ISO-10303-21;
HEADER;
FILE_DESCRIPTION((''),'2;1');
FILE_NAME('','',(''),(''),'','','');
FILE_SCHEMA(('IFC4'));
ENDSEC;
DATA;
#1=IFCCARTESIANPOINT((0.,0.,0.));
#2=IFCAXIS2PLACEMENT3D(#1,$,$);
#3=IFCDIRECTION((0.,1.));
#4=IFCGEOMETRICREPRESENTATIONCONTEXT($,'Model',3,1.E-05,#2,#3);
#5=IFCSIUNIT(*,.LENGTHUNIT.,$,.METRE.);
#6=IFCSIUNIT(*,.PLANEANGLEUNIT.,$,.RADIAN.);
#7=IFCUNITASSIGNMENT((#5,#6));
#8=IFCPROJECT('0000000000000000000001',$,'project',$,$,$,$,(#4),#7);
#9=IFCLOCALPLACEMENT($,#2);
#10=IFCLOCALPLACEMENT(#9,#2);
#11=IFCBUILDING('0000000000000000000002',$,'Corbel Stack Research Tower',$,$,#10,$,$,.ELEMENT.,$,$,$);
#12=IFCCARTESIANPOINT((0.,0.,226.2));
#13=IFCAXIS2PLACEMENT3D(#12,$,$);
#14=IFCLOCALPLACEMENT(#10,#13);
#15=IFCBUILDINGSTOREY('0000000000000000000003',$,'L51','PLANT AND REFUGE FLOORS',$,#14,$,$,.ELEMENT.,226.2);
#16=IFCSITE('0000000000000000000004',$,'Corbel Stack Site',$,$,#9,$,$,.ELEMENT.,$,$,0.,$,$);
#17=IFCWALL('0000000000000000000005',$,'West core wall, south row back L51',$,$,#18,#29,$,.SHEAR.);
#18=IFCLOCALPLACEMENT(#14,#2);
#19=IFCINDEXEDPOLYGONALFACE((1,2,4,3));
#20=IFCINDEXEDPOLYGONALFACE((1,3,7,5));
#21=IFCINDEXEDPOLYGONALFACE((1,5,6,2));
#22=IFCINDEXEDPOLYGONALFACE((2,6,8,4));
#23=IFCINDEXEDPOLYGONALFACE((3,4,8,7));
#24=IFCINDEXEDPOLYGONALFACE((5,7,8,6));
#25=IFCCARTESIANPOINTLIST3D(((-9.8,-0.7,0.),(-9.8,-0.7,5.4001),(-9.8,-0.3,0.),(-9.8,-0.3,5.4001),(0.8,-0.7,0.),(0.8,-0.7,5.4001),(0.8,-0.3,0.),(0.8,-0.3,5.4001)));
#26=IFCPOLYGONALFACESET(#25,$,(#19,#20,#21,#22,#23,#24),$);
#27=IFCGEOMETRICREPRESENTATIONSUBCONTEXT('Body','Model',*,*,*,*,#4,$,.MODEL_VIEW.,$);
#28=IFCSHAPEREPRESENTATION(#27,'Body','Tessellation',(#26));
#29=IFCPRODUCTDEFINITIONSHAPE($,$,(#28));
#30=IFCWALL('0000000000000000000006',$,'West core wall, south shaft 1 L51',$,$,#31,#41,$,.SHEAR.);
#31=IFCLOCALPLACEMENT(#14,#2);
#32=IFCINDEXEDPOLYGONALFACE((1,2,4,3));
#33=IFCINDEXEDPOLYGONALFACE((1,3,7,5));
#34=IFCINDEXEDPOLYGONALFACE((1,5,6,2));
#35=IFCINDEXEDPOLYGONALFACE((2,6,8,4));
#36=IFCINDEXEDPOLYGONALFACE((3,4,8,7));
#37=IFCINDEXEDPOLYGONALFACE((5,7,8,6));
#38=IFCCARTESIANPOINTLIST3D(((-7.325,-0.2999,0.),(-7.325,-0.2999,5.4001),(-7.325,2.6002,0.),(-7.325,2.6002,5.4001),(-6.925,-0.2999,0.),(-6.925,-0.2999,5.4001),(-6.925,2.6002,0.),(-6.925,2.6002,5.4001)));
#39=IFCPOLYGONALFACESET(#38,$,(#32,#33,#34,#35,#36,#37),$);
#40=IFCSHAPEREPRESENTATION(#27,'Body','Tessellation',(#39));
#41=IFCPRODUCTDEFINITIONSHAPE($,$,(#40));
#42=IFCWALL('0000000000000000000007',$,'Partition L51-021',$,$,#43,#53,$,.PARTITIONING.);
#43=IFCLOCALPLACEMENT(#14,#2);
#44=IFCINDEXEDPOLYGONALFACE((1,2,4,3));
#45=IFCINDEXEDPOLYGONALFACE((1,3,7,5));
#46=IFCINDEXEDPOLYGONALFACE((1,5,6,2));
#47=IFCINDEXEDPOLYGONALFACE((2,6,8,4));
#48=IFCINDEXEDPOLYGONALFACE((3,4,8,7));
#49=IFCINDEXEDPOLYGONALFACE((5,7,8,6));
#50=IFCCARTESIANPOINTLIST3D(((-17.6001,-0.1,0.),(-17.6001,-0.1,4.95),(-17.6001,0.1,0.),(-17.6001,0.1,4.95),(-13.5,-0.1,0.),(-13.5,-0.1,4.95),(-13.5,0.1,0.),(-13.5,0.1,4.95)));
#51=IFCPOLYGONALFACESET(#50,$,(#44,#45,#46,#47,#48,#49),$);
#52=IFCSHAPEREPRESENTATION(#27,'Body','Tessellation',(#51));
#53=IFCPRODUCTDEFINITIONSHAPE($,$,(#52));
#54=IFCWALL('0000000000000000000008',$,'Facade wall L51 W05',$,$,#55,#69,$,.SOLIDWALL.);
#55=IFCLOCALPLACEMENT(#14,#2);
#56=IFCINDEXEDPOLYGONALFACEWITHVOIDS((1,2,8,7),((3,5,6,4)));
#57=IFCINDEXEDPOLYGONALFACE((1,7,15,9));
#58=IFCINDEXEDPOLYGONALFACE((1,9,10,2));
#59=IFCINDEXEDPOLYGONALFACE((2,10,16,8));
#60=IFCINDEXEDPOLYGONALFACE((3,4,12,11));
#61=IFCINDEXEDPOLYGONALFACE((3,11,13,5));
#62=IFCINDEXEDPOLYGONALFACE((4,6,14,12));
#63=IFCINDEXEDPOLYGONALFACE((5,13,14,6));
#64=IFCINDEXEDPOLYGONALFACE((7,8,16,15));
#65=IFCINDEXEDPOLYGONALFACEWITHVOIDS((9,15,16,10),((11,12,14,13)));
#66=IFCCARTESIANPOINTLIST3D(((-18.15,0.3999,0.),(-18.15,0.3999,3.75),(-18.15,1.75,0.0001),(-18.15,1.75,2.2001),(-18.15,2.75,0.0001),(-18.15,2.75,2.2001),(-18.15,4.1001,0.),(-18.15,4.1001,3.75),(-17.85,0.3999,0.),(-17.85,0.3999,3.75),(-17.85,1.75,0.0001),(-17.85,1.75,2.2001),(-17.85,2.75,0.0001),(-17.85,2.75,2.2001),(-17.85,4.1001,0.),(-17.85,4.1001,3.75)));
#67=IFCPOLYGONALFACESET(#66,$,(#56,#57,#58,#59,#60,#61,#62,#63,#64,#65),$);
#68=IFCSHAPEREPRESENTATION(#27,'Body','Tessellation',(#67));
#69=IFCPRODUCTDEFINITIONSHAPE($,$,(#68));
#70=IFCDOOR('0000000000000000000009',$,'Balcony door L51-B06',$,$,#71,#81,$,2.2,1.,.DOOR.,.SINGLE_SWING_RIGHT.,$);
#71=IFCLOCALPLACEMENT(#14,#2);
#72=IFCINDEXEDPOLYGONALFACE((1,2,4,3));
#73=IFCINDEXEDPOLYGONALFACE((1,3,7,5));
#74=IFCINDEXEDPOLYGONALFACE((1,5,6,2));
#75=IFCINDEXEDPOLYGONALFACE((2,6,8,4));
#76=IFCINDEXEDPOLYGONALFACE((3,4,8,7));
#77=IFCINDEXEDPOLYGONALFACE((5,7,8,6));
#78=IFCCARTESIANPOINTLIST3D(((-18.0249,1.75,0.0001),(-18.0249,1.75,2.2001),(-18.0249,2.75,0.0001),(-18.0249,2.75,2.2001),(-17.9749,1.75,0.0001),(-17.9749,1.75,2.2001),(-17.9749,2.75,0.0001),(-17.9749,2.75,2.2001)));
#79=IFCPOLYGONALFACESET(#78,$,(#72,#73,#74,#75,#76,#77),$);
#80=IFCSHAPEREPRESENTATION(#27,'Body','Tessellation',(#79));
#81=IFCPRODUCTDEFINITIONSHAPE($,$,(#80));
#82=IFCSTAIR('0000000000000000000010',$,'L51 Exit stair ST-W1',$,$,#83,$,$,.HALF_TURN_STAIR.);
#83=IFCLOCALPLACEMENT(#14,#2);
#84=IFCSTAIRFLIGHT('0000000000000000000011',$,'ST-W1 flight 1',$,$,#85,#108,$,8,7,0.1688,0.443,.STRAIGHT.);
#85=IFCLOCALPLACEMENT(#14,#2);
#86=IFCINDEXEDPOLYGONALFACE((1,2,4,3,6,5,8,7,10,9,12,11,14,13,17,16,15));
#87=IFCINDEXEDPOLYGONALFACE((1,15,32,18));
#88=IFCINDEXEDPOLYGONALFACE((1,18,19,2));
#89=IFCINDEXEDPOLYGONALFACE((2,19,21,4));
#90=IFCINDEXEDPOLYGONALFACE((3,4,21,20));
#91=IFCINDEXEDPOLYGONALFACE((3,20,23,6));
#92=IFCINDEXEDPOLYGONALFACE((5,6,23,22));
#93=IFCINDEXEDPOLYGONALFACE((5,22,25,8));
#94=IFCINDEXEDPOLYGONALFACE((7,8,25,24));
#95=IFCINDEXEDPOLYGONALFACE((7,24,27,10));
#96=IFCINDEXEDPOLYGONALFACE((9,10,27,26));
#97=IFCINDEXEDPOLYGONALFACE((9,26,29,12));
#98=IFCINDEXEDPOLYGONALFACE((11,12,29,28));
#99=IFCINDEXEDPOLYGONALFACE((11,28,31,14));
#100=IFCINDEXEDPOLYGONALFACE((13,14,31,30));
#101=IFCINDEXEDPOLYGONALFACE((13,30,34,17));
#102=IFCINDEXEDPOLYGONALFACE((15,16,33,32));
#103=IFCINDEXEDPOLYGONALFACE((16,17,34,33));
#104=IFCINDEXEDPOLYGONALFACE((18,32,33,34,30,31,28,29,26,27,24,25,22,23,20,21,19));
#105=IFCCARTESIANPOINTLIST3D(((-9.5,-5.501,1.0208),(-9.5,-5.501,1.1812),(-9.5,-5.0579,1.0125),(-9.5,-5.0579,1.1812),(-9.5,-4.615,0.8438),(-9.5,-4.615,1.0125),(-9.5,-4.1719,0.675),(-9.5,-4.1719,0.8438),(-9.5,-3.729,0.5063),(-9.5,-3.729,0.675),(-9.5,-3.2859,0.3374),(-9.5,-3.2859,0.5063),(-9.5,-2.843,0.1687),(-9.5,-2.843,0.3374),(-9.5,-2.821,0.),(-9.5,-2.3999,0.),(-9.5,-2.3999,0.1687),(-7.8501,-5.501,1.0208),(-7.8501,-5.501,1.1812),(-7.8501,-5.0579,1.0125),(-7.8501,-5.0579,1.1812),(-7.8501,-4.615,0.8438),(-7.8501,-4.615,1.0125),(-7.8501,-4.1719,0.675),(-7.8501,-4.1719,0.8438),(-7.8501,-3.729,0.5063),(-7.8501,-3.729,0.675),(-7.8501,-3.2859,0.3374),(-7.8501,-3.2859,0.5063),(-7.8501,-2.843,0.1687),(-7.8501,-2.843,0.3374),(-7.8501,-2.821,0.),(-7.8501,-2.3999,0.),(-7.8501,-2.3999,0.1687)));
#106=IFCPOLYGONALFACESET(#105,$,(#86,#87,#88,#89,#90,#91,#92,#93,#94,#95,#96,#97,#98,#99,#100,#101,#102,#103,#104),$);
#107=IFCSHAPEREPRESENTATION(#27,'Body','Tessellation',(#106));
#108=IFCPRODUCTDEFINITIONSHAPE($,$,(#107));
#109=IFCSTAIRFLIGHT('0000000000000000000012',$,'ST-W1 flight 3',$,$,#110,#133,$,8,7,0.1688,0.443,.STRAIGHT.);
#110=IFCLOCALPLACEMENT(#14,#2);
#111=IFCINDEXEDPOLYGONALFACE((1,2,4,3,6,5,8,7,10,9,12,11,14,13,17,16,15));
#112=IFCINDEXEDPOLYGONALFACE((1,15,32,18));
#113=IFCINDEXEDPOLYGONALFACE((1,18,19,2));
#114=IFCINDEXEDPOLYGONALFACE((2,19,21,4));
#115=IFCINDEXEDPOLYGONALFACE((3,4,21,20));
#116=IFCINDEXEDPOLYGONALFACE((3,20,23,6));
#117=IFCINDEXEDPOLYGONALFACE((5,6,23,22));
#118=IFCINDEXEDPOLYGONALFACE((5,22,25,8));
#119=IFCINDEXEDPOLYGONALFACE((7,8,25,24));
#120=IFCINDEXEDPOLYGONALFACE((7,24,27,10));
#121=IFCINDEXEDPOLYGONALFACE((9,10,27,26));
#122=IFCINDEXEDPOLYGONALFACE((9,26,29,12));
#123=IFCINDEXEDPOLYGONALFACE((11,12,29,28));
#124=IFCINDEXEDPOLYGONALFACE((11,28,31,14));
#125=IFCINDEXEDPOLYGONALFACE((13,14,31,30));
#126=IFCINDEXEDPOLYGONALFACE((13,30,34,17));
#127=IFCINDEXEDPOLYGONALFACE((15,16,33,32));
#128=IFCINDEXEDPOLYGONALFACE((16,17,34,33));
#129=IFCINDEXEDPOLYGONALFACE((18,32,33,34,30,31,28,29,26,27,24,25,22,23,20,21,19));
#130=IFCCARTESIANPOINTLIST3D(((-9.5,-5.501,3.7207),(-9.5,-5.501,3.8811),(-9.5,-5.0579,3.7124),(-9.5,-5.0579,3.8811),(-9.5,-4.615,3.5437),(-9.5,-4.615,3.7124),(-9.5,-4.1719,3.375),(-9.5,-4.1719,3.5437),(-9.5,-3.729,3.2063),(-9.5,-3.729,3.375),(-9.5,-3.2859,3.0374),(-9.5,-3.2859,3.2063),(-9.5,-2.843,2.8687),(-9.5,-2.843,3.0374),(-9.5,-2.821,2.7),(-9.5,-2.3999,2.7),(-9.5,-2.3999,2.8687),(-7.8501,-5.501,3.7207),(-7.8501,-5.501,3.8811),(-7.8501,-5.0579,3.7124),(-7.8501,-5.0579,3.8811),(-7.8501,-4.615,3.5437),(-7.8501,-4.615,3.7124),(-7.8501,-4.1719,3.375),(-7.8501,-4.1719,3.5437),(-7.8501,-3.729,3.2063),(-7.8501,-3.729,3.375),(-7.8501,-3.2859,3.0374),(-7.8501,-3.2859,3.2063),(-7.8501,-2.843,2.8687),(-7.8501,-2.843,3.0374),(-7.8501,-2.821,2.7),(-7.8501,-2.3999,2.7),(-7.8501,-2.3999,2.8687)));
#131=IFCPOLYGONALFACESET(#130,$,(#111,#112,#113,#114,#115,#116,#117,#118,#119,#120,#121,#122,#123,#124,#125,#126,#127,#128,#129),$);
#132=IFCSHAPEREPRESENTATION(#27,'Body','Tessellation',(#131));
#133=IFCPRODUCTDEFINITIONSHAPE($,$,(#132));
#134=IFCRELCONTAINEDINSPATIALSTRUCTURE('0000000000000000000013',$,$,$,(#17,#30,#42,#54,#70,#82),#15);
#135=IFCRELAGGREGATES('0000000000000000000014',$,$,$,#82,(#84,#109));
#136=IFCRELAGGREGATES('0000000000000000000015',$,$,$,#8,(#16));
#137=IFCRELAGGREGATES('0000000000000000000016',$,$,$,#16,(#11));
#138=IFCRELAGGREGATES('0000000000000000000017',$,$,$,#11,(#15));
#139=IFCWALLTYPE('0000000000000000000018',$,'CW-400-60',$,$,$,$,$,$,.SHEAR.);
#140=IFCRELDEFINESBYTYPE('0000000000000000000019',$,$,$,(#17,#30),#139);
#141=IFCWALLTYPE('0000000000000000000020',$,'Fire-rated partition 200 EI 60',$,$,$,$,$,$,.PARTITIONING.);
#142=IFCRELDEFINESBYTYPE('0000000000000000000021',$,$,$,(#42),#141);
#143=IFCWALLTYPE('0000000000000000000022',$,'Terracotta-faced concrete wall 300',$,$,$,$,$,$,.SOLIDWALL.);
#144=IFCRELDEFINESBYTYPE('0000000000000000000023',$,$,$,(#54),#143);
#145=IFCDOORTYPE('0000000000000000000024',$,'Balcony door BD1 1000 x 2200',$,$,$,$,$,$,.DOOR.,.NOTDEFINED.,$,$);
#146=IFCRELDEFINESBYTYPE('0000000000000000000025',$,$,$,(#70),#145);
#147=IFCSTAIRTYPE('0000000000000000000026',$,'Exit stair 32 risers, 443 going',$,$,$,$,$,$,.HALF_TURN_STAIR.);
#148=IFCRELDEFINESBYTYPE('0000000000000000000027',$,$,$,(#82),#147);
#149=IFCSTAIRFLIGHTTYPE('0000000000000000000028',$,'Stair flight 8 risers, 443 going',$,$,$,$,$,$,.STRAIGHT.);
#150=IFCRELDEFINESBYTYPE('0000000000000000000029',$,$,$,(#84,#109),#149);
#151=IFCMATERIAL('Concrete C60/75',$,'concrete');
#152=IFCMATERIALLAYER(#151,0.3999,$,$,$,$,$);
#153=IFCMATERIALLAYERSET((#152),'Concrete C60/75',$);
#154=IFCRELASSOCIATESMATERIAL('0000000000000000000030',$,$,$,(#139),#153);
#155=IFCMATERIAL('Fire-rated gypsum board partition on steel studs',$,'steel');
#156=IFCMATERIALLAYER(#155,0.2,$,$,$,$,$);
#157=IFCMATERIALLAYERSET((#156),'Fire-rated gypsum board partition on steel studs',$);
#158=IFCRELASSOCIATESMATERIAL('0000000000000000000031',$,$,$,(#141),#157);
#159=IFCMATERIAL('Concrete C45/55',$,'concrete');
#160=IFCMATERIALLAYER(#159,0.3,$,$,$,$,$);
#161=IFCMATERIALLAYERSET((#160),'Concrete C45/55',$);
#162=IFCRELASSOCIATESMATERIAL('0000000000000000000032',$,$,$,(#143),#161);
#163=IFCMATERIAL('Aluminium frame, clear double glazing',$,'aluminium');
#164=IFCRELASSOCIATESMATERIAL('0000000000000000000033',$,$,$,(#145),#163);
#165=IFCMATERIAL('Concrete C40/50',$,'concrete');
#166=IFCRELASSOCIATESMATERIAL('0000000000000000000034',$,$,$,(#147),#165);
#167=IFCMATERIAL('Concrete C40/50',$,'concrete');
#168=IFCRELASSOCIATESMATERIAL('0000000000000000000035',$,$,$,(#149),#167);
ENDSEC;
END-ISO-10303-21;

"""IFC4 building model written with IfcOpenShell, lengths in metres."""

from ifc_helpers import new_model, si_unit, direction, frame, frame_2d, origin, place, context, subcontext, project, spatial, polyline, rectangle, outline, extrude, material, layer, layer_set, type_object, element, fill, aggregate, save


model = new_model("IFC4")

# Units and contexts
model_context = context("Model", 3, precision=1e-05, world=origin(), true_north=direction((0.0, 1.0)))
body_context = subcontext(model_context, "Body", "Model", "MODEL_VIEW")
ifc_project = project(units=[si_unit("LENGTHUNIT", "METRE"), si_unit("PLANEANGLEUNIT", "RADIAN")], contexts=[model_context])

# Site, building, storey
site_placement = place(None, origin())
site = spatial("IfcSite", under=ifc_project, at=site_placement, Name="Corbel Stack Site", CompositionType="ELEMENT", RefElevation=0.0)
building_placement = place(site_placement, origin())
building = spatial("IfcBuilding", under=site, at=building_placement, Name="Corbel Stack Research Tower", CompositionType="ELEMENT")
storey_placement = place(building_placement, frame((0.0, 0.0, 226.2)))
storey = spatial("IfcBuildingStorey", under=building, at=storey_placement, Name="L51", Description="PLANT AND REFUGE FLOORS", CompositionType="ELEMENT", Elevation=226.2)

# Walls
ifc_material_1 = material(Name="Concrete C60/75", Category="concrete")
ifc_layer_1 = layer(ifc_material_1, 0.3999)
ifc_layer_set_1 = layer_set([ifc_layer_1], Name="Concrete C60/75")
wall_type_1 = type_object("IfcWallType", Name="CW-400-60", PredefinedType="SHEAR", material=ifc_layer_set_1)
wall_1_placement = place(storey_placement, frame((-9.8, -0.5, 0.0), z_axis=(0.0, 0.0, 1.0), x_axis=(1.0, 0.0, 0.0)))
element("IfcWall", 1, at=wall_1_placement, inside=storey, type_object=wall_type_1, Name="West core wall, south row back L51", PredefinedType="SHEAR", context=body_context, shape_type="SweptSolid", body=[
    extrude(rectangle(XDim=10.6001, YDim=0.3999, at=frame_2d((5.3, 0.0))), origin(), (0.0, 0.0, 1.0), 5.4001),
])
wall_2_placement = place(storey_placement, frame((-7.125, -0.3, 0.0), z_axis=(0.0, 0.0, 1.0), x_axis=(0.0, 1.0, 0.0)))
element("IfcWall", 2, at=wall_2_placement, inside=storey, type_object=wall_type_1, Name="West core wall, south shaft 1 L51", PredefinedType="SHEAR", context=body_context, shape_type="SweptSolid", body=[
    extrude(rectangle(XDim=2.9001, YDim=0.3999, at=frame_2d((1.4502, 0.0))), origin(), (0.0, 0.0, 1.0), 5.4001),
])
ifc_material_2 = material(Name="Fire-rated gypsum board partition on steel studs", Category="steel")
ifc_layer_2 = layer(ifc_material_2, 0.2)
ifc_layer_set_2 = layer_set([ifc_layer_2], Name="Fire-rated gypsum board partition on steel studs")
wall_type_2 = type_object("IfcWallType", Name="Fire-rated partition 200 EI 60", PredefinedType="PARTITIONING", material=ifc_layer_set_2)
wall_3_placement = place(storey_placement, frame((-17.6001, 0.0, 0.0), z_axis=(0.0, 0.0, 1.0), x_axis=(1.0, 0.0, 0.0)))
element("IfcWall", 3, at=wall_3_placement, inside=storey, type_object=wall_type_2, Name="Partition L51-021", PredefinedType="PARTITIONING", context=body_context, shape_type="SweptSolid", body=[
    extrude(rectangle(XDim=4.1001, YDim=0.2, at=frame_2d((2.05, 0.0))), origin(), (0.0, 0.0, 1.0), 4.95),
])

# Wall, opening, door
ifc_material_3 = material(Name="Concrete C45/55", Category="concrete")
ifc_layer_3 = layer(ifc_material_3, 0.3)
ifc_layer_set_3 = layer_set([ifc_layer_3], Name="Concrete C45/55")
wall_type_3 = type_object("IfcWallType", Name="Terracotta-faced concrete wall 300", PredefinedType="SOLIDWALL", material=ifc_layer_set_3)
wall_4_placement = place(storey_placement, frame((-18.0, 0.3999, 0.0), z_axis=(0.0, 0.0, 1.0), x_axis=(0.0, 1.0, 0.0)))
wall_4 = element("IfcWall", 4, at=wall_4_placement, inside=storey, type_object=wall_type_3, Name="Facade wall L51 W05", PredefinedType="SOLIDWALL", context=body_context, shape_type="SweptSolid", body=[
    extrude(rectangle(XDim=3.7002, YDim=0.3, at=frame_2d((1.8501, 0.0))), origin(), (0.0, 0.0, 1.0), 3.75),
])
opening_placement = place(wall_4_placement, frame((1.3501, 0.0, 0.0)))
opening = element("IfcOpeningElement", 5, at=opening_placement, cuts=wall_4, PredefinedType="OPENING", context=body_context, shape_type="SweptSolid", body=[
    extrude(rectangle(XDim=1.0, YDim=2.2, at=frame_2d((0.5, 1.1001))), frame((0.0, 0.1599, 0.0), z_axis=(0.0, -1.0, 0.0), x_axis=(1.0, 0.0, 0.0)), (0.0, 0.0, 1.0), 0.3201),
])
ifc_material_4 = material(Name="Aluminium frame, clear double glazing", Category="aluminium")
door_type = type_object("IfcDoorType", Name="Balcony door BD1 1000 x 2200", OperationType="NOTDEFINED", PredefinedType="DOOR", material=ifc_material_4)
door_placement = place(opening_placement, origin())
door = element("IfcDoor", 6, at=door_placement, inside=storey, type_object=door_type, Name="Balcony door L51-B06", OperationType="SINGLE_SWING_RIGHT", OverallHeight=2.2, OverallWidth=1.0, PredefinedType="DOOR", context=body_context, shape_type="SweptSolid", body=[
    extrude(rectangle(XDim=1.0, YDim=2.2, at=frame_2d((0.5, 1.1001))), frame((0.0, 0.0249, 0.0), z_axis=(0.0, -1.0, 0.0), x_axis=(1.0, 0.0, 0.0)), (0.0, 0.0, 1.0), 0.05),
])
fill(opening, door)

# Stair, stair flights
ifc_material_5 = material(Name="Concrete C40/50", Category="concrete")
stair_type = type_object("IfcStairType", Name="Exit stair 32 risers, 443 going", PredefinedType="HALF_TURN_STAIR", material=ifc_material_5)
stair_placement = place(storey_placement, origin())
stair = element("IfcStair", 7, at=stair_placement, inside=storey, type_object=stair_type, Name="L51 Exit stair ST-W1", PredefinedType="HALF_TURN_STAIR")
ifc_material_6 = material(Name="Concrete C40/50", Category="concrete")
stair_flight_type = type_object("IfcStairFlightType", Name="Stair flight 8 risers, 443 going", PredefinedType="STRAIGHT", material=ifc_material_6)
stair_flight_1_placement = place(storey_placement, frame((-8.675, -2.3999, 0.0), z_axis=(0.0, 0.0, 1.0), x_axis=(0.0, -1.0, 0.0)))
stair_flight_1 = element("IfcStairFlight", 8, at=stair_flight_1_placement, type_object=stair_flight_type, Name="ST-W1 flight 1", NumberOfRisers=8, NumberOfTreads=7, PredefinedType="STRAIGHT", RiserHeight=0.1688, TreadLength=0.443, context=body_context, shape_type="SweptSolid", body=[
    extrude(outline(polyline([(0.0, 0.0), (0.0, 0.1687), (0.4431, 0.1687), (0.4431, 0.3374), (0.886, 0.3374), (0.886, 0.5063), (1.3291, 0.5063), (1.3291, 0.675), (1.772, 0.675), (1.772, 0.8438), (2.2151, 0.8438), (2.2151, 1.0125), (2.658, 1.0125), (2.658, 1.1812), (3.1011, 1.1812), (3.1011, 1.3501), (3.1011, 1.0208), (0.4211, 0.0), (0.0, 0.0)])), frame((0.0, 0.825, 0.0), z_axis=(0.0, -1.0, 0.0), x_axis=(1.0, 0.0, 0.0)), (0.0, 0.0, 1.0), 1.6499),
])
stair_flight_2_placement = place(storey_placement, frame((-8.675, -2.3999, 2.7), z_axis=(0.0, 0.0, 1.0), x_axis=(0.0, -1.0, 0.0)))
stair_flight_2 = element("IfcStairFlight", 9, at=stair_flight_2_placement, type_object=stair_flight_type, Name="ST-W1 flight 3", NumberOfRisers=8, NumberOfTreads=7, PredefinedType="STRAIGHT", RiserHeight=0.1688, TreadLength=0.443, context=body_context, shape_type="SweptSolid", body=[
    extrude(outline(polyline([(0.0, 0.0), (0.0, 0.1687), (0.4431, 0.1687), (0.4431, 0.3374), (0.886, 0.3374), (0.886, 0.5063), (1.3291, 0.5063), (1.3291, 0.675), (1.772, 0.675), (1.772, 0.8438), (2.2151, 0.8438), (2.2151, 1.0125), (2.658, 1.0125), (2.658, 1.1812), (3.1011, 1.1812), (3.1011, 1.3501), (3.1011, 1.0208), (0.4211, 0.0), (0.0, 0.0)])), frame((0.0, 0.825, 0.0), z_axis=(0.0, -1.0, 0.0), x_axis=(1.0, 0.0, 0.0)), (0.0, 0.0, 1.0), 1.6499),
])
aggregate(stair, [stair_flight_1, stair_flight_2])

save(model, "model.ifc")
